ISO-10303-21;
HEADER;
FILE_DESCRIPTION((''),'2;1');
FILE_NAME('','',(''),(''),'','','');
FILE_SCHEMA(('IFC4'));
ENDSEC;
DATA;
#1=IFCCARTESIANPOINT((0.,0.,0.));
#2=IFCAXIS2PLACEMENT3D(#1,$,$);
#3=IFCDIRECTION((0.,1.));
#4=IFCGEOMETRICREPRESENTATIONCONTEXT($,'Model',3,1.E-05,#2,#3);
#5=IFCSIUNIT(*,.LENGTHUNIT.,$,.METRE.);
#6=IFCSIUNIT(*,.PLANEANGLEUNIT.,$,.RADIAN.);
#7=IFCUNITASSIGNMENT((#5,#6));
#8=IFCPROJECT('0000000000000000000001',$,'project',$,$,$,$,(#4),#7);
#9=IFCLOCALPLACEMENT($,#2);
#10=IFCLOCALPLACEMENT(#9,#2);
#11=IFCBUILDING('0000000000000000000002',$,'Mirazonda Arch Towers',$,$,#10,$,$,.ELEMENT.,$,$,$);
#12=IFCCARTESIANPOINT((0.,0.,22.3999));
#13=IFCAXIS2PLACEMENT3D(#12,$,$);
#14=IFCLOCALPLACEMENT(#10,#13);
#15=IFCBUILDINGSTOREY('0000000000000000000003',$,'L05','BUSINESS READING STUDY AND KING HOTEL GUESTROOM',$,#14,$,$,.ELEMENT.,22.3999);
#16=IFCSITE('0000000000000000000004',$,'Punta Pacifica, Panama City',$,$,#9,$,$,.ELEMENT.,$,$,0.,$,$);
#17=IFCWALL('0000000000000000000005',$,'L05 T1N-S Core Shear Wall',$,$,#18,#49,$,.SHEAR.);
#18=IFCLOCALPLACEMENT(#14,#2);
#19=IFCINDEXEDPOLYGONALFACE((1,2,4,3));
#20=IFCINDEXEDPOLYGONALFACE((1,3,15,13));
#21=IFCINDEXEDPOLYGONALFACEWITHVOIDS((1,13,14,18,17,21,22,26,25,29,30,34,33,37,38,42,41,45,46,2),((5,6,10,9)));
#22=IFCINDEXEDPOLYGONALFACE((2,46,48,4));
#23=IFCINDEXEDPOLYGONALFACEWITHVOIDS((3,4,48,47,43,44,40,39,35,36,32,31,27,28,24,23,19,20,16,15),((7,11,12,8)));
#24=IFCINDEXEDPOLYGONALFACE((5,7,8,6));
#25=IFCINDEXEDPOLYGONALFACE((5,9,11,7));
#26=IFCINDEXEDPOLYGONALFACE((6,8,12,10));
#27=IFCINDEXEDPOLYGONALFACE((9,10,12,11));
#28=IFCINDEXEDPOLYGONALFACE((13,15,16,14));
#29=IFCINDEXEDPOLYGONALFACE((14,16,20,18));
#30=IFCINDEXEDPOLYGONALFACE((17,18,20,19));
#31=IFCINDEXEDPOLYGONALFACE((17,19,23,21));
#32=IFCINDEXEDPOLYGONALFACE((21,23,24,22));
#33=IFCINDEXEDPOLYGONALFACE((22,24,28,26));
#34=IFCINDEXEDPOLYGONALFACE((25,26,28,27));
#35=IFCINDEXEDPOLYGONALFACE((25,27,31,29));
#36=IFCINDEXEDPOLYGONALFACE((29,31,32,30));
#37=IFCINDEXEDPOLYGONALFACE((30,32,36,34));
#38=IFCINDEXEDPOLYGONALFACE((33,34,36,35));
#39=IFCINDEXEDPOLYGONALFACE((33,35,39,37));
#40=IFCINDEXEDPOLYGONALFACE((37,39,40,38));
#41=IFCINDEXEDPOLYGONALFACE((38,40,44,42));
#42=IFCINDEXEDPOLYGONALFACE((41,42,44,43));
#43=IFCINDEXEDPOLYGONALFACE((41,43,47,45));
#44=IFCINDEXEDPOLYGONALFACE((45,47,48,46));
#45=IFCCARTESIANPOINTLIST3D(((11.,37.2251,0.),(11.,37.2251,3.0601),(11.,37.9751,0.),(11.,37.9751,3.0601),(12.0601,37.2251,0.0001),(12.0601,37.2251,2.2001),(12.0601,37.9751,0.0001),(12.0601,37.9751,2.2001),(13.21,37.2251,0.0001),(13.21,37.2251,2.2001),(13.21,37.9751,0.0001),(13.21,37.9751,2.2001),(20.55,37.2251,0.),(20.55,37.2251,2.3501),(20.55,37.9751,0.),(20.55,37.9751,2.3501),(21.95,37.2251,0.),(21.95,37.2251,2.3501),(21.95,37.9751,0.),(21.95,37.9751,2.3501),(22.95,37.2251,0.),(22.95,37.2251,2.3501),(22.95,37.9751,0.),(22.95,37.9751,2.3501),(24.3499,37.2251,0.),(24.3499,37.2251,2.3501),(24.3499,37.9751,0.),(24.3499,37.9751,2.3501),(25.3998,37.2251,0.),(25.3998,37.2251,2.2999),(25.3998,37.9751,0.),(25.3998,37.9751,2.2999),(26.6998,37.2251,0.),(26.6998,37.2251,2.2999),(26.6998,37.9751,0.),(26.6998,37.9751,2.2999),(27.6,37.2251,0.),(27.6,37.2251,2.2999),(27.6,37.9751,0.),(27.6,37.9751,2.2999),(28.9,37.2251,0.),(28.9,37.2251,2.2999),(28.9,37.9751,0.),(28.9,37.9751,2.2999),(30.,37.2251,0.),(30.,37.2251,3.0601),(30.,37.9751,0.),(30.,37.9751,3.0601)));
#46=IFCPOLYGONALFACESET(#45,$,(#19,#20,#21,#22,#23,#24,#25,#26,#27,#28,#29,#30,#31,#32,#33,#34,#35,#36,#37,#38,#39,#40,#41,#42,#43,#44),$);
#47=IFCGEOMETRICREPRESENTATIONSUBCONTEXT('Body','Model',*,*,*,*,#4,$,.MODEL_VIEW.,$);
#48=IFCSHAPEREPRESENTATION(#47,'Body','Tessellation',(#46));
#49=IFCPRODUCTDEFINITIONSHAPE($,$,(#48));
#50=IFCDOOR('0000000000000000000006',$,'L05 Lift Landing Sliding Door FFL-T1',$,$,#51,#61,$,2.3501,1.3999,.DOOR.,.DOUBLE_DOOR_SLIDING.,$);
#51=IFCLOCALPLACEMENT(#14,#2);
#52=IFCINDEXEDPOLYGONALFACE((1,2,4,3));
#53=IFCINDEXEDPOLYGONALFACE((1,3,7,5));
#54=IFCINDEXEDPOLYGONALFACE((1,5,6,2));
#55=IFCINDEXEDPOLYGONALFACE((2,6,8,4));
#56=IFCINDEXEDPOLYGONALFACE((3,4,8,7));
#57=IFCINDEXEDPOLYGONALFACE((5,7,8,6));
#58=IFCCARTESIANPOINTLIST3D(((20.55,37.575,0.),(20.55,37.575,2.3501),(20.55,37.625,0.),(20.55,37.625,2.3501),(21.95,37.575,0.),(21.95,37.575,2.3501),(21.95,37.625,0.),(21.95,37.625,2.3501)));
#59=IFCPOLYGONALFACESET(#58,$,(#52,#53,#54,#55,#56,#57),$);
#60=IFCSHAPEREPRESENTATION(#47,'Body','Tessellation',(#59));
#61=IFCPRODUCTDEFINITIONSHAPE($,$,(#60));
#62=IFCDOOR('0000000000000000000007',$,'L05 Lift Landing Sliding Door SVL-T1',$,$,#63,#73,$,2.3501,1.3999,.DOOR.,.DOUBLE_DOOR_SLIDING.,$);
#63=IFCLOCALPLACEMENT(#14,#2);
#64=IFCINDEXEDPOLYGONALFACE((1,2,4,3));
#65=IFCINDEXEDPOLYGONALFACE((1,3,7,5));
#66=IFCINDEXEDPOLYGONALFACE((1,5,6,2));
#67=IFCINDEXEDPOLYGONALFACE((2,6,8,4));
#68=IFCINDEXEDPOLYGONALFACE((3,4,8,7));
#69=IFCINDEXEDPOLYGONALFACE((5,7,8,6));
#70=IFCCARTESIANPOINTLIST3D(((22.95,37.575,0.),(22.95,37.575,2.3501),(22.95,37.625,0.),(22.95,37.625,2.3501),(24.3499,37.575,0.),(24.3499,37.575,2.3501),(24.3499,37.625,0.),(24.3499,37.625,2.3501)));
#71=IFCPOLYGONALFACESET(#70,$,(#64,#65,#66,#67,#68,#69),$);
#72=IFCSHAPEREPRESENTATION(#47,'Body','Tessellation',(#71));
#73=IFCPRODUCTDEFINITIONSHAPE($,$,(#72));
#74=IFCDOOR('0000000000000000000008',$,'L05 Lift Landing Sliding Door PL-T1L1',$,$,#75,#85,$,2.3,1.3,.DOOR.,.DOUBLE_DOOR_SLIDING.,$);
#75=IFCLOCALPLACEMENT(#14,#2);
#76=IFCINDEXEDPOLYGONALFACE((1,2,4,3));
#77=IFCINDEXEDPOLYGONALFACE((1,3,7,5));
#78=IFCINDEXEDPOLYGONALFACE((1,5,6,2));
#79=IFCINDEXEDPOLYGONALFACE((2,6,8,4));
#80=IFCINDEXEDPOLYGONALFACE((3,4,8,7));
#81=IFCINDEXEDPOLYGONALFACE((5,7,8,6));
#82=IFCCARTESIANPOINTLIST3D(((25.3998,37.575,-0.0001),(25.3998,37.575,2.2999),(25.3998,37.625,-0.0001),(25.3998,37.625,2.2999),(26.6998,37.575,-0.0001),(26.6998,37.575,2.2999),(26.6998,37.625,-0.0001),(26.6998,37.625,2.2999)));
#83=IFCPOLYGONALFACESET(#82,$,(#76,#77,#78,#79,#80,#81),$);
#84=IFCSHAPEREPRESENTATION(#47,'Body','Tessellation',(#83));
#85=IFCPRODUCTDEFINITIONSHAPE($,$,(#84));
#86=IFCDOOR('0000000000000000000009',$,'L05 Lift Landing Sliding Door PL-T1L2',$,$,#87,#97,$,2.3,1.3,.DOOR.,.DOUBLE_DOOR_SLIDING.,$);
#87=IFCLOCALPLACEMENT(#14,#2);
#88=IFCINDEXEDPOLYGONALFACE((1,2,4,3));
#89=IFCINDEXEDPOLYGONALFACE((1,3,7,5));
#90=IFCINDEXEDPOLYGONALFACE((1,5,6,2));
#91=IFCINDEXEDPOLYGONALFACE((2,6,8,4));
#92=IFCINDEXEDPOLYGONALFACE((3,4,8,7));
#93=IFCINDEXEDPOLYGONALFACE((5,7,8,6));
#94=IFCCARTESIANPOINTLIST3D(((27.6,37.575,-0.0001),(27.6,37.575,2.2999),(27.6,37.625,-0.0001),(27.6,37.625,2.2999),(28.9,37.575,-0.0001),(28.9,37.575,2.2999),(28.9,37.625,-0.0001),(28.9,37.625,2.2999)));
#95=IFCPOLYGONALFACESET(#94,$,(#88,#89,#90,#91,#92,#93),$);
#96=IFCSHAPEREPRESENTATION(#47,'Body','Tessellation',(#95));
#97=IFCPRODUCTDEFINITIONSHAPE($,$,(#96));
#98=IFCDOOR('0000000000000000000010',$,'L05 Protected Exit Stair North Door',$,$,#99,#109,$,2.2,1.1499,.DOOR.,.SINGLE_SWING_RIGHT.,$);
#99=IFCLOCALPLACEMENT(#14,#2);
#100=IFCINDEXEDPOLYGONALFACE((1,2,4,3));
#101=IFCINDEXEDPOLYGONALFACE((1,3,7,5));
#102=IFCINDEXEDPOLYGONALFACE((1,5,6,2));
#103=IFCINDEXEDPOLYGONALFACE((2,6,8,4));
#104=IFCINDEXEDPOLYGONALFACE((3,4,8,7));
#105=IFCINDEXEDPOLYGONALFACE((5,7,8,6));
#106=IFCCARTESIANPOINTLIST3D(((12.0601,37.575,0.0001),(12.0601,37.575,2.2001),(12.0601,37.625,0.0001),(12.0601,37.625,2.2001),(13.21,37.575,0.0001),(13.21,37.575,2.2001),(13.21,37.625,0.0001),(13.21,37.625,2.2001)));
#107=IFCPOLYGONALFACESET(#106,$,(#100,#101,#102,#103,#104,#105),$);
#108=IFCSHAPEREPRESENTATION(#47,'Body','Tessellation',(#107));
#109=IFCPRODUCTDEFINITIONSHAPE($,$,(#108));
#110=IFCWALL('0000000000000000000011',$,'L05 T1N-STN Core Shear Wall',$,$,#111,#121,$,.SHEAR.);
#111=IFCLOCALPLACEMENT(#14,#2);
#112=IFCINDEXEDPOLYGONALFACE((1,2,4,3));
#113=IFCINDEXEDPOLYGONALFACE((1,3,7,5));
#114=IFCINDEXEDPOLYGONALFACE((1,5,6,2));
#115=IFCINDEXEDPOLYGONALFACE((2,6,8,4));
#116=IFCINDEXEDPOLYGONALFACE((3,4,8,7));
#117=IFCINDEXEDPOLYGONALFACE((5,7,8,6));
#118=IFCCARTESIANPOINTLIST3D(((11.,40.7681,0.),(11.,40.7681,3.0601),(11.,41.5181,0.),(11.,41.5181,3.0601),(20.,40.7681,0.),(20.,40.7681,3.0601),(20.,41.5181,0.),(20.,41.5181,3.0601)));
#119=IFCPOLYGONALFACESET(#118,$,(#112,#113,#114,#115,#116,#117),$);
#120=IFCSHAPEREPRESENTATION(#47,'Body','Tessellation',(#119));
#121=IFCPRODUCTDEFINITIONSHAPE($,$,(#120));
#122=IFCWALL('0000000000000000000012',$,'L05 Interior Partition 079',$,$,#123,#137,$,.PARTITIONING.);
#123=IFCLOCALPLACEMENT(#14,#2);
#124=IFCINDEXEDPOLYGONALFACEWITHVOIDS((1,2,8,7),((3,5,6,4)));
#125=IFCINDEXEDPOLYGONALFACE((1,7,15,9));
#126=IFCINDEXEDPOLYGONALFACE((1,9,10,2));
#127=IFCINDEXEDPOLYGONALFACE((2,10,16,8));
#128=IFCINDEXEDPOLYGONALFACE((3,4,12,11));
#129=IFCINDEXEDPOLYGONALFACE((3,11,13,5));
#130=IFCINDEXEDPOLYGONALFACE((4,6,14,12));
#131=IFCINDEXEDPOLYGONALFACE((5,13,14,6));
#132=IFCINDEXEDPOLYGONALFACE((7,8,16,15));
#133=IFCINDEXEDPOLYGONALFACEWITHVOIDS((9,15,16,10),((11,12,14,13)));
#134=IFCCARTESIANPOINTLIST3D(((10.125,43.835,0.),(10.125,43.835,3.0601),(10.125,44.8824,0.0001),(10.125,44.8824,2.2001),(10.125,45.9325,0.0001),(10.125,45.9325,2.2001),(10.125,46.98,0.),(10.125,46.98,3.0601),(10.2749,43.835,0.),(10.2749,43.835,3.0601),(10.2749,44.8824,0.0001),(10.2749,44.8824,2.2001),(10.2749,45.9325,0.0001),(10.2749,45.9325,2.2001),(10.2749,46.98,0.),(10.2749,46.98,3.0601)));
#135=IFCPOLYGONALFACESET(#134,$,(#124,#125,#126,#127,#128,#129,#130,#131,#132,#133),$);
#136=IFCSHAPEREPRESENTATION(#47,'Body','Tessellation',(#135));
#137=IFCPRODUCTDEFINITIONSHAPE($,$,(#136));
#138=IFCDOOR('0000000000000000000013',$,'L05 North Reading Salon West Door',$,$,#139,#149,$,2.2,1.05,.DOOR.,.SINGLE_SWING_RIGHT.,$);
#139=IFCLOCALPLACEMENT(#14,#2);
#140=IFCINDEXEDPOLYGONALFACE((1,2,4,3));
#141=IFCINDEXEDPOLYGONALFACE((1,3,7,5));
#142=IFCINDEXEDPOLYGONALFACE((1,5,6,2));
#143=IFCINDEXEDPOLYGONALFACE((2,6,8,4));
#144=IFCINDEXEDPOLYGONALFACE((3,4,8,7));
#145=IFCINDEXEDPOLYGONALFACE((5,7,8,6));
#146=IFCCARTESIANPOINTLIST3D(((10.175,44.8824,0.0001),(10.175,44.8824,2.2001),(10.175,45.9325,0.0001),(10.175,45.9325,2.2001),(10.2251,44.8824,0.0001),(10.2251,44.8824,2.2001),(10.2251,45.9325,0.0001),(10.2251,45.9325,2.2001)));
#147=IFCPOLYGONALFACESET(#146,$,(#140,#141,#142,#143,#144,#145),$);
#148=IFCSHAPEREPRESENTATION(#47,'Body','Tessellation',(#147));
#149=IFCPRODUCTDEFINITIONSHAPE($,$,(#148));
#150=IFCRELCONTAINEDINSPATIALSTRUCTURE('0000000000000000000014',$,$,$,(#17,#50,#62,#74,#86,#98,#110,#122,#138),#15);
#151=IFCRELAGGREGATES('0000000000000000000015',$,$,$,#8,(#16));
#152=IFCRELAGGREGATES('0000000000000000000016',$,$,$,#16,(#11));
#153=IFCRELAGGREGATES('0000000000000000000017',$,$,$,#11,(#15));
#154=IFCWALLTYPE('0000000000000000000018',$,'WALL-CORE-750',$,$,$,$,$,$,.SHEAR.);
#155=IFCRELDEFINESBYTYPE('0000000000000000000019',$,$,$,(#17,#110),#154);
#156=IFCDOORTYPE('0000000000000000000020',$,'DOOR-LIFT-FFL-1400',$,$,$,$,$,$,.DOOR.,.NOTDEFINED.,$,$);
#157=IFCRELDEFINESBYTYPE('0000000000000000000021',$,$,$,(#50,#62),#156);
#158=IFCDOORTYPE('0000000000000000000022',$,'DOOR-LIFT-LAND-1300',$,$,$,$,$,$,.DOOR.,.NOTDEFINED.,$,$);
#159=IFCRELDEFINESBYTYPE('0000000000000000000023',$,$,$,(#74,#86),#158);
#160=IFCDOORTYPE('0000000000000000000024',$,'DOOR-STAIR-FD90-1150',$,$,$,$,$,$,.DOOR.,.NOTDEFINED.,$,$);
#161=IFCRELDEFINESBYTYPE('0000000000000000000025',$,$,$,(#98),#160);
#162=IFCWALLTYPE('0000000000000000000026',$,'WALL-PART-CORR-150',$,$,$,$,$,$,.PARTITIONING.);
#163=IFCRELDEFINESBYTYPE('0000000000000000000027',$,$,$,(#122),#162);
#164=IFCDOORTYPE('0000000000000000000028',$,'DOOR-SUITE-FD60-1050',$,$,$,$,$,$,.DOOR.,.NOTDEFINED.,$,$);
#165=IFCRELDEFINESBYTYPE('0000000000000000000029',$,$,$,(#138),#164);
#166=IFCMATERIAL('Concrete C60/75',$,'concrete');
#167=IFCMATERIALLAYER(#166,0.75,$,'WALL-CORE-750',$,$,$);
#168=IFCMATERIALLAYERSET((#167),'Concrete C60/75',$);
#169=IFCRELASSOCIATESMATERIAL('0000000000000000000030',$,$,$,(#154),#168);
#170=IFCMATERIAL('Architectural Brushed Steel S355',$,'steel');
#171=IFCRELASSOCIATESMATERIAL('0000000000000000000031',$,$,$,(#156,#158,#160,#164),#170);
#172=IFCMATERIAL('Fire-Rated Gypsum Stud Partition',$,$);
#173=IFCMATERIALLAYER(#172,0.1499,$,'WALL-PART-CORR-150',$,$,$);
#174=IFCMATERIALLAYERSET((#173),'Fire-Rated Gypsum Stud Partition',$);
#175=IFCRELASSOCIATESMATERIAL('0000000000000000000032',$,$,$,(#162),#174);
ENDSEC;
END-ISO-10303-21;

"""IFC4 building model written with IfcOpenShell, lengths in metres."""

from ifc_helpers import new_model, si_unit, direction, frame, frame_2d, origin, place, context, subcontext, project, spatial, rectangle, extrude, material, layer, layer_set, type_object, element, fill, save


model = new_model("IFC4")

# Units and contexts
model_context = context("Model", 3, precision=1e-05, world=origin(), true_north=direction((0.0, 1.0)))
body_context = subcontext(model_context, "Body", "Model", "MODEL_VIEW")
ifc_project = project(units=[si_unit("LENGTHUNIT", "METRE"), si_unit("PLANEANGLEUNIT", "RADIAN")], contexts=[model_context])

# Site, building, storey
site_placement = place(None, origin())
site = spatial("IfcSite", under=ifc_project, at=site_placement, Name="Punta Pacifica, Panama City", CompositionType="ELEMENT", RefElevation=0.0)
building_placement = place(site_placement, origin())
building = spatial("IfcBuilding", under=site, at=building_placement, Name="Mirazonda Arch Towers", CompositionType="ELEMENT")
storey_placement = place(building_placement, frame((0.0, 0.0, 22.3999)))
storey = spatial("IfcBuildingStorey", under=building, at=storey_placement, Name="L05", Description="BUSINESS READING STUDY AND KING HOTEL GUESTROOM", CompositionType="ELEMENT", Elevation=22.3999)

# Shared definitions
ifc_material_1 = material(Name="Concrete C60/75", Category="concrete")

# Shared definitions
ifc_layer_1 = layer(ifc_material_1, 0.75, Name="WALL-CORE-750")
ifc_layer_set_1 = layer_set([ifc_layer_1], Name="Concrete C60/75")
wall_type_1 = type_object("IfcWallType", Name="WALL-CORE-750", PredefinedType="SHEAR", material=ifc_layer_set_1)

# Wall, openings, doors
wall_1_placement = place(storey_placement, frame((11.0, 37.6001, 0.0), z_axis=(0.0, 0.0, 1.0), x_axis=(1.0, 0.0, 0.0)))
wall_1 = element("IfcWall", 1, at=wall_1_placement, inside=storey, type_object=wall_type_1, Name="L05 T1N-S Core Shear Wall", PredefinedType="SHEAR", context=body_context, shape_type="SweptSolid", body=[
    extrude(rectangle(XDim=19.0, YDim=0.75, at=frame_2d((9.5, 0.0))), origin(), (0.0, 0.0, 1.0), 3.0601),
])
opening_1_placement = place(wall_1_placement, frame((1.0601, 0.0, 0.0)))
opening_1 = element("IfcOpeningElement", 2, at=opening_1_placement, cuts=wall_1, PredefinedType="OPENING", context=body_context, shape_type="SweptSolid", body=[
    extrude(rectangle(XDim=1.1499, YDim=2.2, at=frame_2d((0.575, 1.1001))), frame((0.0, 0.385, 0.0), z_axis=(0.0, -1.0, 0.0), x_axis=(1.0, 0.0, 0.0)), (0.0, 0.0, 1.0), 0.77),
])
opening_2_placement = place(wall_1_placement, frame((9.55, 0.0, 0.0)))
opening_2 = element("IfcOpeningElement", 3, at=opening_2_placement, cuts=wall_1, PredefinedType="OPENING", context=body_context, shape_type="SweptSolid", body=[
    extrude(rectangle(XDim=1.3999, YDim=2.3501, at=frame_2d((0.7, 1.175))), frame((0.0, 0.385, 0.0), z_axis=(0.0, -1.0, 0.0), x_axis=(1.0, 0.0, 0.0)), (0.0, 0.0, 1.0), 0.77),
])
opening_3_placement = place(wall_1_placement, frame((11.95, 0.0, 0.0)))
opening_3 = element("IfcOpeningElement", 4, at=opening_3_placement, cuts=wall_1, PredefinedType="OPENING", context=body_context, shape_type="SweptSolid", body=[
    extrude(rectangle(XDim=1.3999, YDim=2.3501, at=frame_2d((0.7, 1.175))), frame((0.0, 0.385, 0.0), z_axis=(0.0, -1.0, 0.0), x_axis=(1.0, 0.0, 0.0)), (0.0, 0.0, 1.0), 0.77),
])
opening_4_placement = place(wall_1_placement, frame((14.3999, 0.0, 0.0)))
opening_4 = element("IfcOpeningElement", 5, at=opening_4_placement, cuts=wall_1, PredefinedType="OPENING", context=body_context, shape_type="SweptSolid", body=[
    extrude(rectangle(XDim=1.3, YDim=2.3, at=frame_2d((0.6499, 1.1499))), frame((0.0, 0.385, 0.0), z_axis=(0.0, -1.0, 0.0), x_axis=(1.0, 0.0, 0.0)), (0.0, 0.0, 1.0), 0.77),
])
opening_5_placement = place(wall_1_placement, frame((16.6001, 0.0, 0.0)))
opening_5 = element("IfcOpeningElement", 6, at=opening_5_placement, cuts=wall_1, PredefinedType="OPENING", context=body_context, shape_type="SweptSolid", body=[
    extrude(rectangle(XDim=1.3, YDim=2.3, at=frame_2d((0.6499, 1.1499))), frame((0.0, 0.385, 0.0), z_axis=(0.0, -1.0, 0.0), x_axis=(1.0, 0.0, 0.0)), (0.0, 0.0, 1.0), 0.77),
])
ifc_material_2 = material(Name="Architectural Brushed Steel S355", Category="steel")
door_type_1 = type_object("IfcDoorType", Name="DOOR-LIFT-FFL-1400", OperationType="NOTDEFINED", PredefinedType="DOOR", material=ifc_material_2)
door_1_placement = place(opening_2_placement, origin())
door_1 = element("IfcDoor", 7, at=door_1_placement, inside=storey, type_object=door_type_1, Name="L05 Lift Landing Sliding Door FFL-T1", OperationType="DOUBLE_DOOR_SLIDING", OverallHeight=2.3501, OverallWidth=1.3999, PredefinedType="DOOR", context=body_context, shape_type="SweptSolid", body=[
    extrude(rectangle(XDim=1.3999, YDim=2.3501, at=frame_2d((0.7, 1.175))), frame((0.0, 0.0249, 0.0), z_axis=(0.0, -1.0, 0.0), x_axis=(1.0, 0.0, 0.0)), (0.0, 0.0, 1.0), 0.05),
])
fill(opening_2, door_1)
door_2_placement = place(opening_3_placement, origin())
door_2 = element("IfcDoor", 8, at=door_2_placement, inside=storey, type_object=door_type_1, Name="L05 Lift Landing Sliding Door SVL-T1", OperationType="DOUBLE_DOOR_SLIDING", OverallHeight=2.3501, OverallWidth=1.3999, PredefinedType="DOOR", context=body_context, shape_type="SweptSolid", body=[
    extrude(rectangle(XDim=1.3999, YDim=2.3501, at=frame_2d((0.7, 1.175))), frame((0.0, 0.0249, 0.0), z_axis=(0.0, -1.0, 0.0), x_axis=(1.0, 0.0, 0.0)), (0.0, 0.0, 1.0), 0.05),
])
fill(opening_3, door_2)
door_type_2 = type_object("IfcDoorType", Name="DOOR-LIFT-LAND-1300", OperationType="NOTDEFINED", PredefinedType="DOOR", material=ifc_material_2)
door_3_placement = place(opening_4_placement, origin())
door_3 = element("IfcDoor", 9, at=door_3_placement, inside=storey, type_object=door_type_2, Name="L05 Lift Landing Sliding Door PL-T1L1", OperationType="DOUBLE_DOOR_SLIDING", OverallHeight=2.3, OverallWidth=1.3, PredefinedType="DOOR", context=body_context, shape_type="SweptSolid", body=[
    extrude(rectangle(XDim=1.3, YDim=2.3, at=frame_2d((0.6499, 1.1499))), frame((0.0, 0.0249, 0.0), z_axis=(0.0, -1.0, 0.0), x_axis=(1.0, 0.0, 0.0)), (0.0, 0.0, 1.0), 0.05),
])
fill(opening_4, door_3)
door_4_placement = place(opening_5_placement, origin())
door_4 = element("IfcDoor", 10, at=door_4_placement, inside=storey, type_object=door_type_2, Name="L05 Lift Landing Sliding Door PL-T1L2", OperationType="DOUBLE_DOOR_SLIDING", OverallHeight=2.3, OverallWidth=1.3, PredefinedType="DOOR", context=body_context, shape_type="SweptSolid", body=[
    extrude(rectangle(XDim=1.3, YDim=2.3, at=frame_2d((0.6499, 1.1499))), frame((0.0, 0.0249, 0.0), z_axis=(0.0, -1.0, 0.0), x_axis=(1.0, 0.0, 0.0)), (0.0, 0.0, 1.0), 0.05),
])
fill(opening_5, door_4)
door_type_3 = type_object("IfcDoorType", Name="DOOR-STAIR-FD90-1150", OperationType="NOTDEFINED", PredefinedType="DOOR", material=ifc_material_2)
door_5_placement = place(opening_1_placement, origin())
door_5 = element("IfcDoor", 11, at=door_5_placement, inside=storey, type_object=door_type_3, Name="L05 Protected Exit Stair North Door", OperationType="SINGLE_SWING_RIGHT", OverallHeight=2.2, OverallWidth=1.1499, PredefinedType="DOOR", context=body_context, shape_type="SweptSolid", body=[
    extrude(rectangle(XDim=1.1499, YDim=2.2, at=frame_2d((0.575, 1.1001))), frame((0.0, 0.0249, 0.0), z_axis=(0.0, -1.0, 0.0), x_axis=(1.0, 0.0, 0.0)), (0.0, 0.0, 1.0), 0.05),
])
fill(opening_1, door_5)

# Wall
wall_2_placement = place(storey_placement, frame((11.0, 41.1431, 0.0), z_axis=(0.0, 0.0, 1.0), x_axis=(1.0, 0.0, 0.0)))
element("IfcWall", 12, at=wall_2_placement, inside=storey, type_object=wall_type_1, Name="L05 T1N-STN Core Shear Wall", PredefinedType="SHEAR", context=body_context, shape_type="SweptSolid", body=[
    extrude(rectangle(XDim=9.0, YDim=0.75, at=frame_2d((4.5, 0.0))), origin(), (0.0, 0.0, 1.0), 3.0601),
])

# Wall, opening, door
ifc_material_3 = material(Name="Fire-Rated Gypsum Stud Partition")
ifc_layer_2 = layer(ifc_material_3, 0.1499, Name="WALL-PART-CORR-150")
ifc_layer_set_2 = layer_set([ifc_layer_2], Name="Fire-Rated Gypsum Stud Partition")
wall_type_2 = type_object("IfcWallType", Name="WALL-PART-CORR-150", PredefinedType="PARTITIONING", material=ifc_layer_set_2)
wall_3_placement = place(storey_placement, frame((10.2, 43.835, 0.0), z_axis=(0.0, 0.0, 1.0), x_axis=(0.0, 1.0, 0.0)))
wall_3 = element("IfcWall", 13, at=wall_3_placement, inside=storey, type_object=wall_type_2, Name="L05 Interior Partition 079", PredefinedType="PARTITIONING", context=body_context, shape_type="SweptSolid", body=[
    extrude(rectangle(XDim=3.145, YDim=0.1499, at=frame_2d((1.5725, 0.0))), origin(), (0.0, 0.0, 1.0), 3.0601),
])
opening_6_placement = place(wall_3_placement, frame((1.0476, 0.0, 0.0)))
opening_6 = element("IfcOpeningElement", 14, at=opening_6_placement, cuts=wall_3, PredefinedType="OPENING", context=body_context, shape_type="SweptSolid", body=[
    extrude(rectangle(XDim=1.05, YDim=2.2, at=frame_2d((0.5249, 1.1001))), frame((0.0, 0.085, 0.0), z_axis=(0.0, -1.0, 0.0), x_axis=(1.0, 0.0, 0.0)), (0.0, 0.0, 1.0), 0.1699),
])
door_type_4 = type_object("IfcDoorType", Name="DOOR-SUITE-FD60-1050", OperationType="NOTDEFINED", PredefinedType="DOOR", material=ifc_material_2)
door_6_placement = place(opening_6_placement, origin())
door_6 = element("IfcDoor", 15, at=door_6_placement, inside=storey, type_object=door_type_4, Name="L05 North Reading Salon West Door", OperationType="SINGLE_SWING_RIGHT", OverallHeight=2.2, OverallWidth=1.05, PredefinedType="DOOR", context=body_context, shape_type="SweptSolid", body=[
    extrude(rectangle(XDim=1.05, YDim=2.2, at=frame_2d((0.5249, 1.1001))), frame((0.0, 0.0249, 0.0), z_axis=(0.0, -1.0, 0.0), x_axis=(1.0, 0.0, 0.0)), (0.0, 0.0, 1.0), 0.05),
])
fill(opening_6, door_6)

save(model, "model.ifc")
